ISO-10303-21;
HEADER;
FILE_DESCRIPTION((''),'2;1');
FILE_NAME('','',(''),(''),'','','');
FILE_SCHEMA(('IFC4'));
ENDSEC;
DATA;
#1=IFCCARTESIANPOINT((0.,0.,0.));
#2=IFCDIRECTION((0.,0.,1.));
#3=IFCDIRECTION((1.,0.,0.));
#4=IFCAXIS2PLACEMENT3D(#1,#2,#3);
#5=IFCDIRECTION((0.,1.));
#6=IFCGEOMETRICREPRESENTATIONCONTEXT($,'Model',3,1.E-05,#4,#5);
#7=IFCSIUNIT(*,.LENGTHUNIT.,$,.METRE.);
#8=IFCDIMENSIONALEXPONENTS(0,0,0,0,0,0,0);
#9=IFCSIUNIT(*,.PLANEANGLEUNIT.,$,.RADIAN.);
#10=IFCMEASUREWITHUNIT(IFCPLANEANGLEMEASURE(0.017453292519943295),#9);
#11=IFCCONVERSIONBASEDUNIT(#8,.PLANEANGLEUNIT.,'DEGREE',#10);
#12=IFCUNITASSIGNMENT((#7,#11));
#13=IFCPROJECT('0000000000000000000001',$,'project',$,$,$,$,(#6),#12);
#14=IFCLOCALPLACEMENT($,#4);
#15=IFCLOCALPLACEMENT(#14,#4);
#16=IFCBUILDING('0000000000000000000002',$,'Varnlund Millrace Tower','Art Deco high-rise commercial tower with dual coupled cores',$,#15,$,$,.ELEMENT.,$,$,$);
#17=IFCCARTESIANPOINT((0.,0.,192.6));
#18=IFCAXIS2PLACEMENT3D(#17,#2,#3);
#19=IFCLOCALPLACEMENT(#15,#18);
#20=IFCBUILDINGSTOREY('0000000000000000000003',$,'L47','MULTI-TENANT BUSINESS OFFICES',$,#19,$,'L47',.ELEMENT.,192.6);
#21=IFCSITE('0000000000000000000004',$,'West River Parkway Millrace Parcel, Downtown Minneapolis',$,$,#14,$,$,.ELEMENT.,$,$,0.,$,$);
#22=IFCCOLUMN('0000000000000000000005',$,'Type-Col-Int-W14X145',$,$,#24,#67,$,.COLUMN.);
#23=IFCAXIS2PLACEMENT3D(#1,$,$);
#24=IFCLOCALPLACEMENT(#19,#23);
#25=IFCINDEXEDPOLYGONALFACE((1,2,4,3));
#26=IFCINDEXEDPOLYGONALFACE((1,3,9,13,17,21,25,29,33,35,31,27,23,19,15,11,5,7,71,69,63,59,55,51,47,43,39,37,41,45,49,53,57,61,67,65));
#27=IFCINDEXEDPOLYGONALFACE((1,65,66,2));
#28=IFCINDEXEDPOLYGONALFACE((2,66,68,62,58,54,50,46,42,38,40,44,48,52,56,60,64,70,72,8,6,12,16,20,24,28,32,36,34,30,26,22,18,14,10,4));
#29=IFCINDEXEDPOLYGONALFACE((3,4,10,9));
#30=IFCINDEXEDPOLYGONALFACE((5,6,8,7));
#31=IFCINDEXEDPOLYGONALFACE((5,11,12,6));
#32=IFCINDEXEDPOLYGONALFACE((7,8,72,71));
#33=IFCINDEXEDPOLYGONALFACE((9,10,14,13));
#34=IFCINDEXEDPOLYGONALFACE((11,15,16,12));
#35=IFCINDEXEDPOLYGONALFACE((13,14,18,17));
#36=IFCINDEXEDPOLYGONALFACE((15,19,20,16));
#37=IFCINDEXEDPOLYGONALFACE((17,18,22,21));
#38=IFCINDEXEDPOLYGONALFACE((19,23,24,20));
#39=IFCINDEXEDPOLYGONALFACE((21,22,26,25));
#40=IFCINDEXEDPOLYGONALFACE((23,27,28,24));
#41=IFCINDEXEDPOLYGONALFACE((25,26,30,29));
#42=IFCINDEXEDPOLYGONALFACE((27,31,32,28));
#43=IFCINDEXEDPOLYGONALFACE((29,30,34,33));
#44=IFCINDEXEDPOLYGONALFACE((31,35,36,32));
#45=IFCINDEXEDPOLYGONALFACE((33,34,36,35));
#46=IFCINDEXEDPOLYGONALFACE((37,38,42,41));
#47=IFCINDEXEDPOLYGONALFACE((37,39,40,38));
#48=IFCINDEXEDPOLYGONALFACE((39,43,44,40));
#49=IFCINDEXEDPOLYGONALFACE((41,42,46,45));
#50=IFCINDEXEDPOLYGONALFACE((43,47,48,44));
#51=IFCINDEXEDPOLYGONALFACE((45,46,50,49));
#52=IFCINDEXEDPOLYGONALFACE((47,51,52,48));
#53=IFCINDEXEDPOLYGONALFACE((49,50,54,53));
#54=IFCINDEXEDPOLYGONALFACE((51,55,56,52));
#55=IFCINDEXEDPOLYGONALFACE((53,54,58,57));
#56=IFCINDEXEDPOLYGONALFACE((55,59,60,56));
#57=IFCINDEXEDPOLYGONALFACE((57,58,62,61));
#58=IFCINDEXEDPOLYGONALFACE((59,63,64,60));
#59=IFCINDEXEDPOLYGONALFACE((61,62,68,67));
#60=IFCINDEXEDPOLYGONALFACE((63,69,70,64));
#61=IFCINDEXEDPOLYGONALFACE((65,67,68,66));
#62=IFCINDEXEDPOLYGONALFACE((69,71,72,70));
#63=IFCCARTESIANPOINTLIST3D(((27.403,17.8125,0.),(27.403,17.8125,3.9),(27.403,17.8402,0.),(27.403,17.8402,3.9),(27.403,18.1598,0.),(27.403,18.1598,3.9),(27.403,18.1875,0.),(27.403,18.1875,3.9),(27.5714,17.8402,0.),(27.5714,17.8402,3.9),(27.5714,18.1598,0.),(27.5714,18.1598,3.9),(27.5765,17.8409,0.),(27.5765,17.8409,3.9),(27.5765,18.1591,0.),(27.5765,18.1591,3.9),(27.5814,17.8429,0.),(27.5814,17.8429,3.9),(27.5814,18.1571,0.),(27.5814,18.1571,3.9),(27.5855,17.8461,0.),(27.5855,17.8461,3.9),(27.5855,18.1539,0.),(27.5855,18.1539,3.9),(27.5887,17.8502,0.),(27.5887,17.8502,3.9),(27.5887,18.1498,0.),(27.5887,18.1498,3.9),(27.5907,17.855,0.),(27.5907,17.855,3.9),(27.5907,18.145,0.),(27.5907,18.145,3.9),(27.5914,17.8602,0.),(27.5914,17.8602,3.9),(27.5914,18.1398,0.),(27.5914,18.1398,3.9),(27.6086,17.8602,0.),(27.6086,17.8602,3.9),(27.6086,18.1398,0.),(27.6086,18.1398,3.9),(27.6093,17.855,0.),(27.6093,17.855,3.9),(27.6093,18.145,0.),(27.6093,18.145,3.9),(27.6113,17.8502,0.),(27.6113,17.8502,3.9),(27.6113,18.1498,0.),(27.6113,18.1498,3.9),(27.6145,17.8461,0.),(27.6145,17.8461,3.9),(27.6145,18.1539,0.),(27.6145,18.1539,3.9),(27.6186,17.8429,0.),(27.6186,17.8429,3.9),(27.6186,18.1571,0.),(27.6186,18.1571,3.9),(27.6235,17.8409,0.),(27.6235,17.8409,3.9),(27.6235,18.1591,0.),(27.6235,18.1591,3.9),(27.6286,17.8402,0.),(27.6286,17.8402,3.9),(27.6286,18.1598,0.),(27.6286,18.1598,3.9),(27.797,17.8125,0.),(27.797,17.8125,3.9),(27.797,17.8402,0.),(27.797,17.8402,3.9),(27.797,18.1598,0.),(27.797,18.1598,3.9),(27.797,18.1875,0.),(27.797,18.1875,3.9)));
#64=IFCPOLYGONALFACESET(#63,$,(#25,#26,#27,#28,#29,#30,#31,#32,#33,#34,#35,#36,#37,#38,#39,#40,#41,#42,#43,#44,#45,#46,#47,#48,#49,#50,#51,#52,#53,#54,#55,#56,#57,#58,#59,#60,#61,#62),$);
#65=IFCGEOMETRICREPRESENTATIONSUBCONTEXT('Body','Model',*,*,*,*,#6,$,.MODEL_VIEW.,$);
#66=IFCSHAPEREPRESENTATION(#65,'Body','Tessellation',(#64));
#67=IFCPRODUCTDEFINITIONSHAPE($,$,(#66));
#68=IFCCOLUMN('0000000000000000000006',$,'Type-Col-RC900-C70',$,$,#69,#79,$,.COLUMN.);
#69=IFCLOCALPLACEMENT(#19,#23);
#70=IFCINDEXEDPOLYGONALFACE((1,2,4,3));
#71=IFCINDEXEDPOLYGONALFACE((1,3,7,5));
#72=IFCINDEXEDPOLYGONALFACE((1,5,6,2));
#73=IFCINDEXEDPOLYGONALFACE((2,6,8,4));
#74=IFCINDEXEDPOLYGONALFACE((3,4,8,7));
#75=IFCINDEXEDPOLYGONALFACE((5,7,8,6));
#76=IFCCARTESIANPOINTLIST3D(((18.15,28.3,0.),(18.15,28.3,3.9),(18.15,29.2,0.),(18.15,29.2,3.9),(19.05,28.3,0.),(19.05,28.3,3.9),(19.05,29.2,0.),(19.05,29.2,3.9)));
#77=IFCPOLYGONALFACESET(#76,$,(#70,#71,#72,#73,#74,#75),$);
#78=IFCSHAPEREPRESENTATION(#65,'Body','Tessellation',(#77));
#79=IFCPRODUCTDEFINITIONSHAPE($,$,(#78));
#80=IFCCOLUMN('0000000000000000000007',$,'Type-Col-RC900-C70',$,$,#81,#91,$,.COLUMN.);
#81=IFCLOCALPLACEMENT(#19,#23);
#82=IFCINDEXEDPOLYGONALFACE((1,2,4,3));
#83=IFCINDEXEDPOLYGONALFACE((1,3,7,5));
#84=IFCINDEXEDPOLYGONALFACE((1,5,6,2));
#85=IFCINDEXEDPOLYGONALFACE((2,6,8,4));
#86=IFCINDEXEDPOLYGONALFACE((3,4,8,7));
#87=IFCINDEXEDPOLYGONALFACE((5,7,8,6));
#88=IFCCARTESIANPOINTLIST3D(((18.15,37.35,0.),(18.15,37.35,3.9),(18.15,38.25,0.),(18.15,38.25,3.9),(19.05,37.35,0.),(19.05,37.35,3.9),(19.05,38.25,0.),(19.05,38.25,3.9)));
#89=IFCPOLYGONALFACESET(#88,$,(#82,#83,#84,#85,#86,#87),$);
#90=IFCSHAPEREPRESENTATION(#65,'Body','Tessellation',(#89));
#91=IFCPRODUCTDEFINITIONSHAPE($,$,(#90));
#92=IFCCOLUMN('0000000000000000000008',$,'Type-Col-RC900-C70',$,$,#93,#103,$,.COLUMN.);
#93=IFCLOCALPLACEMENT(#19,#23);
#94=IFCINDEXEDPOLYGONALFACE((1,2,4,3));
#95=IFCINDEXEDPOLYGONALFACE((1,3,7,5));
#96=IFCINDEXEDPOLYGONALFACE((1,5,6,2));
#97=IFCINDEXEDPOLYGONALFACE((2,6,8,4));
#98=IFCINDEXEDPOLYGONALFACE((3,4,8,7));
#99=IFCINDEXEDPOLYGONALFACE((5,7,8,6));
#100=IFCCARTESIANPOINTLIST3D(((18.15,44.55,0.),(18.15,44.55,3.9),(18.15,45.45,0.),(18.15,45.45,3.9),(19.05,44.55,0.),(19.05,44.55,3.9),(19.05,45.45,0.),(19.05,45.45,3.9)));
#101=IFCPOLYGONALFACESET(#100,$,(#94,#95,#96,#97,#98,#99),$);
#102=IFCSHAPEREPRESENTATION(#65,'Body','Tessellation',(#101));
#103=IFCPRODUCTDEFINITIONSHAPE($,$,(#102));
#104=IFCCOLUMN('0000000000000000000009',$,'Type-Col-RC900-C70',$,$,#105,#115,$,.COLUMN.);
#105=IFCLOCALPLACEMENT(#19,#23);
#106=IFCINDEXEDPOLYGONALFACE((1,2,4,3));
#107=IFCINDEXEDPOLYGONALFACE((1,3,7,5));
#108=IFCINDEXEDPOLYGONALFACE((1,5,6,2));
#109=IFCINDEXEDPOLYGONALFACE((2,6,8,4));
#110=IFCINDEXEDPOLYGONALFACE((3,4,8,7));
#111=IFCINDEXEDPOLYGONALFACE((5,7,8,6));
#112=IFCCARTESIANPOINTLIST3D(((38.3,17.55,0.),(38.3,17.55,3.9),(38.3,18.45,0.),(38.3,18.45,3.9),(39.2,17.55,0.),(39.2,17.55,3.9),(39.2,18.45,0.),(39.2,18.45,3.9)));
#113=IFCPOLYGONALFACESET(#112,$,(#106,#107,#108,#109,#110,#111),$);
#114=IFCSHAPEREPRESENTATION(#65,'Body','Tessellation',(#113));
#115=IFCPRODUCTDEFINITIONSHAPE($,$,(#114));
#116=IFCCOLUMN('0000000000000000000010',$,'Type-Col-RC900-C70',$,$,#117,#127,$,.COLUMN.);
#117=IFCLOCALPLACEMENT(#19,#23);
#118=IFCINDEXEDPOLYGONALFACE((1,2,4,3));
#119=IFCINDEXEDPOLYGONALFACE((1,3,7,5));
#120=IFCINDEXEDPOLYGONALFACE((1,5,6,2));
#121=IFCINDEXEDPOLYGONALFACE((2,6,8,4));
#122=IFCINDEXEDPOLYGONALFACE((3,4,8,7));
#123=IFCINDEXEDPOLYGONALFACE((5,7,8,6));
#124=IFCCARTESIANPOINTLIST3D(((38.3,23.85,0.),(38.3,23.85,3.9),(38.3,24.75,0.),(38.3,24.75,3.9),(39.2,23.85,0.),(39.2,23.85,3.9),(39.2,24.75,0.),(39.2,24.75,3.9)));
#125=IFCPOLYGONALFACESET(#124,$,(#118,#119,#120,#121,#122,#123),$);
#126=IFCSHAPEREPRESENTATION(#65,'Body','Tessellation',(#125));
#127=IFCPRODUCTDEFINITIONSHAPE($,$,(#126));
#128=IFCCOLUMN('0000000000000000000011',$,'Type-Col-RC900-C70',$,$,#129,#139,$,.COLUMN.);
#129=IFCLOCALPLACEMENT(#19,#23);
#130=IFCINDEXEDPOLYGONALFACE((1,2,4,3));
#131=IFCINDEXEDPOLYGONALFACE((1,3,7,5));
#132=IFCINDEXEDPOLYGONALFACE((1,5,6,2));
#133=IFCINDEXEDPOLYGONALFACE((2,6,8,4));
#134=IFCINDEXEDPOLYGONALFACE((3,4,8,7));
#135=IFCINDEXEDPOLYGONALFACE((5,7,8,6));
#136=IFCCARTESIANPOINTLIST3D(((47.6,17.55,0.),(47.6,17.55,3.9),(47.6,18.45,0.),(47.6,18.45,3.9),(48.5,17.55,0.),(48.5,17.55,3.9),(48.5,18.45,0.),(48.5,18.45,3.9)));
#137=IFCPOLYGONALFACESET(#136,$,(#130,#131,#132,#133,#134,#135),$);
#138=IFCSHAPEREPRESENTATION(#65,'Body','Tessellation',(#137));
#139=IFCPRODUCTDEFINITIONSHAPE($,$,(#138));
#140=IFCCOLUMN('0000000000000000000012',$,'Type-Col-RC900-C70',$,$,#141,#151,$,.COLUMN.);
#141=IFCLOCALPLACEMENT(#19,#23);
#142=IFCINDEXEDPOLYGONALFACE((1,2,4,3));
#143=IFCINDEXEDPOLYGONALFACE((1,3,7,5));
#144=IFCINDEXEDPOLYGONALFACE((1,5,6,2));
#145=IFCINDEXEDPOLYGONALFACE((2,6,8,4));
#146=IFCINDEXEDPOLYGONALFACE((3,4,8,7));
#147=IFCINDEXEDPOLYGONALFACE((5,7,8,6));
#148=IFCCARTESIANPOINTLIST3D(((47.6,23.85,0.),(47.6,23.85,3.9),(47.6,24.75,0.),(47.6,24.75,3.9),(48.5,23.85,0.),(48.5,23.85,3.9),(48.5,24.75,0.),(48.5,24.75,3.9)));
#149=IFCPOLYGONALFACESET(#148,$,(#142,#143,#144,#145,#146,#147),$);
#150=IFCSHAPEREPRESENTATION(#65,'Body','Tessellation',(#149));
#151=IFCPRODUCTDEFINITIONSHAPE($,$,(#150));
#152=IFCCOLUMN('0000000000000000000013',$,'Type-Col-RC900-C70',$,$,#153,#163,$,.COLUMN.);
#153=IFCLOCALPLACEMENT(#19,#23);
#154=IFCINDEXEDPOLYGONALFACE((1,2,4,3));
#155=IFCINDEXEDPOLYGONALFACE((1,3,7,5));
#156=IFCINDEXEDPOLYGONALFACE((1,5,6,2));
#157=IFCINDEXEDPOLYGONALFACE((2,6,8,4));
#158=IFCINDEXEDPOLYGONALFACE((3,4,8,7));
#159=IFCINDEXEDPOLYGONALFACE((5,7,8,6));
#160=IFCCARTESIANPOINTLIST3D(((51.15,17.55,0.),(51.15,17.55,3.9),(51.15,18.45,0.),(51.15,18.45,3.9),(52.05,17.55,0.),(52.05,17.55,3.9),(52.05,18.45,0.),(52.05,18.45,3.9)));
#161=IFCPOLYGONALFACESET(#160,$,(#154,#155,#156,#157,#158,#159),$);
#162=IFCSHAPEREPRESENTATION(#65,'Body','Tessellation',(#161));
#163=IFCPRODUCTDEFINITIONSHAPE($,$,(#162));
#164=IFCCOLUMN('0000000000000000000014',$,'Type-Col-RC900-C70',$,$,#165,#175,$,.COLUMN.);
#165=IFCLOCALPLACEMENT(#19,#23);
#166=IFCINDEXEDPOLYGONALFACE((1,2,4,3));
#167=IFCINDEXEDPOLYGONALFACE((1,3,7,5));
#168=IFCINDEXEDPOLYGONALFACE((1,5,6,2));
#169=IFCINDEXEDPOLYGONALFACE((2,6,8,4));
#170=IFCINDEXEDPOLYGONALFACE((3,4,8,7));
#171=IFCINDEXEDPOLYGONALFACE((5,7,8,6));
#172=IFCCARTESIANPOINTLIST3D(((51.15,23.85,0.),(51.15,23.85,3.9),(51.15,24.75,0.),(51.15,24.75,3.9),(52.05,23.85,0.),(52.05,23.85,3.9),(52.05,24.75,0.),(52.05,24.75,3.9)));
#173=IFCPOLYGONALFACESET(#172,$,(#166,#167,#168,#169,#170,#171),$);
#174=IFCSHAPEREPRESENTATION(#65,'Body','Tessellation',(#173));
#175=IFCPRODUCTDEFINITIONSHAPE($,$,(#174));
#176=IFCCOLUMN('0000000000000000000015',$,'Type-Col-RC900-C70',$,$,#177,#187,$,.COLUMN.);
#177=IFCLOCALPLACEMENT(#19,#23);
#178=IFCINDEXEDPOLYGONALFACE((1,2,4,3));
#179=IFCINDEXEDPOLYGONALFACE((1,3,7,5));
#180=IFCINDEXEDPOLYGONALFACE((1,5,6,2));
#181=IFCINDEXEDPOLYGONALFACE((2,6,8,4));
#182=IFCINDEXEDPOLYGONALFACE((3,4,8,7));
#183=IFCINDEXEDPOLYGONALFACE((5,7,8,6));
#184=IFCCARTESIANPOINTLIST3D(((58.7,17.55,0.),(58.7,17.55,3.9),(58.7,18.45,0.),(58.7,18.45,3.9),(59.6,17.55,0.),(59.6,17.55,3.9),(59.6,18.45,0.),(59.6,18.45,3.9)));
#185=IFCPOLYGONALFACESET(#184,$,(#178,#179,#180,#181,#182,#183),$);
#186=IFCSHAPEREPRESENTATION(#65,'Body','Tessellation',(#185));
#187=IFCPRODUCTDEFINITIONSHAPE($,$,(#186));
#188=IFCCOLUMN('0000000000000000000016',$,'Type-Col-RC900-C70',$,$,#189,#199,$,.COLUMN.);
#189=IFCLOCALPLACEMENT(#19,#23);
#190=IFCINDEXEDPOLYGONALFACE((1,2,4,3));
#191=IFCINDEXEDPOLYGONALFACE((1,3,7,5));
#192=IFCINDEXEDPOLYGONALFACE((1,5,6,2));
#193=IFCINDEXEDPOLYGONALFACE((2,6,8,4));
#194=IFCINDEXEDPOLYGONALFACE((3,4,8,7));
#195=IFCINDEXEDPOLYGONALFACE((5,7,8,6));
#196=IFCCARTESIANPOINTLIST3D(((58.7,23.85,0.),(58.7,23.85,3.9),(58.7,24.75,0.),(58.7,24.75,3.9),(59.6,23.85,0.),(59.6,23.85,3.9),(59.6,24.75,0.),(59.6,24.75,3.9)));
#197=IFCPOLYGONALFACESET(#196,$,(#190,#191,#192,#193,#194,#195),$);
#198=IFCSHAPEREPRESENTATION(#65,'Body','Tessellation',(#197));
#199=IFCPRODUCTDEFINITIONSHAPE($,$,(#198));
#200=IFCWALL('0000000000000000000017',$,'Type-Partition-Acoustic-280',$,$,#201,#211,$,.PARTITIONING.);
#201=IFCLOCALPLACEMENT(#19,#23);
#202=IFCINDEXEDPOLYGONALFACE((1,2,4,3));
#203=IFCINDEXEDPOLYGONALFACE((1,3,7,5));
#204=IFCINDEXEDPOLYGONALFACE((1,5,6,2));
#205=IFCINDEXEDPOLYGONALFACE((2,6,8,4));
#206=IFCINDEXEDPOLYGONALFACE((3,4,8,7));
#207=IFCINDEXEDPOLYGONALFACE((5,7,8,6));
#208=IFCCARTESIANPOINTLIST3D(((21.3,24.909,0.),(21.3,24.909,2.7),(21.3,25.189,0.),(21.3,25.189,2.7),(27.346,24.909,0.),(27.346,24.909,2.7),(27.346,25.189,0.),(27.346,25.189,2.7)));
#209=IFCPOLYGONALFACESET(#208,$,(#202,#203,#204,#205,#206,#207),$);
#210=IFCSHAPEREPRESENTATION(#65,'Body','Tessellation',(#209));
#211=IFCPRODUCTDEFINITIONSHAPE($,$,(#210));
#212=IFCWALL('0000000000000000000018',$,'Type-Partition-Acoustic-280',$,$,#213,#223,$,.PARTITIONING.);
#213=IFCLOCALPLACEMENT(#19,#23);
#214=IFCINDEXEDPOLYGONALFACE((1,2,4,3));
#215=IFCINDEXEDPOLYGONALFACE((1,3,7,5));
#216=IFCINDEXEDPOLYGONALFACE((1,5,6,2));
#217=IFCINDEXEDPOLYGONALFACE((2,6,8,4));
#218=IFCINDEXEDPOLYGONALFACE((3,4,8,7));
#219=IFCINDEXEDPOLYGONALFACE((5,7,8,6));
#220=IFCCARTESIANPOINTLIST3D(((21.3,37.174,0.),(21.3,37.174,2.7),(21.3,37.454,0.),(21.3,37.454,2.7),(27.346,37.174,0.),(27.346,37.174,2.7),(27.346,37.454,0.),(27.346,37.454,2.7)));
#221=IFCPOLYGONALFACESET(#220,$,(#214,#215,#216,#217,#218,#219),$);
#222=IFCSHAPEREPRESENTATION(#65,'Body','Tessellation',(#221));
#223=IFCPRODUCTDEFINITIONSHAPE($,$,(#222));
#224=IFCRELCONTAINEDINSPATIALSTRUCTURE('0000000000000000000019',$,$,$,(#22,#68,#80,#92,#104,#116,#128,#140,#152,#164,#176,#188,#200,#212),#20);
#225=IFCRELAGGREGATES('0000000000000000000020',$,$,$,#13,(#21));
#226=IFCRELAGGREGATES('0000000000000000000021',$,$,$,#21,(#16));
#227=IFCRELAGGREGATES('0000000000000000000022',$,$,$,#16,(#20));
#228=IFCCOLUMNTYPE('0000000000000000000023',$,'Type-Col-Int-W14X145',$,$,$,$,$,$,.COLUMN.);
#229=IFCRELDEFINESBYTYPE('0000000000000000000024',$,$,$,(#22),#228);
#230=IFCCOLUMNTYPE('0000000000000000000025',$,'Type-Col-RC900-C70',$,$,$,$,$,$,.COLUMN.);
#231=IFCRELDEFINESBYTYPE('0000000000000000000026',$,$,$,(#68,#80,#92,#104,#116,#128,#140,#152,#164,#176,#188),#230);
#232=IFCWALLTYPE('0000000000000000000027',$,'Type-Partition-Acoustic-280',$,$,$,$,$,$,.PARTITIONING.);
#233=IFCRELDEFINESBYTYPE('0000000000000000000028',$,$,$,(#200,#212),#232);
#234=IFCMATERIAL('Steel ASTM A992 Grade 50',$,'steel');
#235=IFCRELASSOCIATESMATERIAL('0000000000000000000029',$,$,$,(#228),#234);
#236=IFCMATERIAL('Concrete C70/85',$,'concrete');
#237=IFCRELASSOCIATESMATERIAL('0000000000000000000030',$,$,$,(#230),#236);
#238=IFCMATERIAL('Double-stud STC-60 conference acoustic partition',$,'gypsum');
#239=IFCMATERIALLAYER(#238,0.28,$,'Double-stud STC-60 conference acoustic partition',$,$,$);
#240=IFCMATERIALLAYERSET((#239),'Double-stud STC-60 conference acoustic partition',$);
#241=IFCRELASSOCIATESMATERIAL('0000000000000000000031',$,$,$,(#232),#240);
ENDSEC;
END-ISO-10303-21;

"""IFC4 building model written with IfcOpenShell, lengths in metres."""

from ifc_helpers import new_model, entity, si_unit, converted_unit, direction, frame, origin_with_axes, origin_2d_with_axis, place, context, subcontext, project, spatial, polyline, rectangle, i_section, outline, extrude, material, layer, layer_set, material_profile, profile_set, type_object, element, save


model = new_model("IFC4")

# Units and contexts
model_context = context("Model", 3, precision=1e-05, world=origin_with_axes(), true_north=direction((0.0, 1.0)))
body_context = subcontext(model_context, "Body", "Model", "MODEL_VIEW")
ifc_project = project(units=[si_unit("LENGTHUNIT", "METRE"), converted_unit("PLANEANGLEUNIT", "DEGREE", entity("IfcPlaneAngleMeasure", 0.017453292519943295), si_unit("PLANEANGLEUNIT", "RADIAN"), dimensions=[0, 0, 0, 0, 0, 0, 0])], contexts=[model_context])

# Site, building, storey
site_placement = place(None, origin_with_axes())
site = spatial("IfcSite", under=ifc_project, at=site_placement, Name="West River Parkway Millrace Parcel, Downtown Minneapolis", CompositionType="ELEMENT", RefElevation=0.0)
building_placement = place(site_placement, origin_with_axes())
building = spatial("IfcBuilding", under=site, at=building_placement, Name="Varnlund Millrace Tower", Description="Art Deco high-rise commercial tower with dual coupled cores", CompositionType="ELEMENT")
storey_placement = place(building_placement, frame((0.0, 0.0, 192.6), z_axis=(0.0, 0.0, 1.0), x_axis=(1.0, 0.0, 0.0)))
storey = spatial("IfcBuildingStorey", under=building, at=storey_placement, Name="L47", Description="MULTI-TENANT BUSINESS OFFICES", LongName="L47", CompositionType="ELEMENT", Elevation=192.6)

# Columns
ifc_material_1 = material(Name="Steel ASTM A992 Grade 50", Category="steel")
ifc_material_profile_1 = material_profile(ifc_material_1, i_section(OverallWidth=0.394, OverallDepth=0.375, WebThickness=0.0173, FlangeThickness=0.0277, FilletRadius=0.02, at=origin_2d_with_axis()), Name="Steel ASTM A992 Grade 50")
ifc_profile_set_1 = profile_set([ifc_material_profile_1], Name="Steel ASTM A992 Grade 50")
column_type_1 = type_object("IfcColumnType", Name="Type-Col-Int-W14X145", PredefinedType="COLUMN", material=ifc_profile_set_1)
column_placement = place(storey_placement, frame((27.6, 18.0, 0.0), z_axis=(0.0, 0.0, 1.0), x_axis=(1.0, 0.0, 0.0)))
element("IfcColumn", 1, at=column_placement, inside=storey, type_object=column_type_1, Name="Type-Col-Int-W14X145", PredefinedType="COLUMN", context=body_context, shape_type="SweptSolid", body=[
    extrude(i_section(OverallWidth=0.394, OverallDepth=0.375, WebThickness=0.0173, FlangeThickness=0.0277, FilletRadius=0.02, at=origin_2d_with_axis()), origin_with_axes(), (0.0, 0.0, 1.0), 3.9),
])
ifc_material_2 = material(Name="Concrete C70/85", Category="concrete")
ifc_material_profile_2 = material_profile(ifc_material_2, rectangle(XDim=0.9, YDim=0.9, at=origin_2d_with_axis()), Name="Concrete C70/85")
ifc_profile_set_2 = profile_set([ifc_material_profile_2], Name="Concrete C70/85")
column_type_2 = type_object("IfcColumnType", Name="Type-Col-RC900-C70", PredefinedType="COLUMN", material=ifc_profile_set_2)
for number, where, z_axis, x_axis, name in (
    (2, (18.6, 28.75, 0.0), (0.0, 0.0, 1.0), (1.0, 0.0, 0.0), "Type-Col-RC900-C70"),
    (3, (18.6, 37.8, 0.0), (0.0, 0.0, 1.0), (1.0, 0.0, 0.0), "Type-Col-RC900-C70"),
    (4, (18.6, 45.0, 0.0), (0.0, 0.0, 1.0), (1.0, 0.0, 0.0), "Type-Col-RC900-C70"),
    (5, (38.75, 18.0, 0.0), (0.0, 0.0, 1.0), (1.0, 0.0, 0.0), "Type-Col-RC900-C70"),
    (6, (38.75, 24.3, 0.0), (0.0, 0.0, 1.0), (1.0, 0.0, 0.0), "Type-Col-RC900-C70"),
    (7, (48.05, 18.0, 0.0), (0.0, 0.0, 1.0), (1.0, 0.0, 0.0), "Type-Col-RC900-C70"),
    (8, (48.05, 24.3, 0.0), (0.0, 0.0, 1.0), (1.0, 0.0, 0.0), "Type-Col-RC900-C70"),
    (9, (51.6, 18.0, 0.0), (0.0, 0.0, 1.0), (1.0, 0.0, 0.0), "Type-Col-RC900-C70"),
    (10, (51.6, 24.3, 0.0), (0.0, 0.0, 1.0), (1.0, 0.0, 0.0), "Type-Col-RC900-C70"),
    (11, (59.15, 18.0, 0.0), (0.0, 0.0, 1.0), (1.0, 0.0, 0.0), "Type-Col-RC900-C70"),
    (12, (59.15, 24.3, 0.0), (0.0, 0.0, 1.0), (1.0, 0.0, 0.0), "Type-Col-RC900-C70"),
):
    element("IfcColumn", number, at=place(storey_placement, frame(where, z_axis=z_axis, x_axis=x_axis)), inside=storey, type_object=column_type_2, Name=name, PredefinedType="COLUMN", context=body_context, shape_type="SweptSolid", body=[
        extrude(rectangle(XDim=0.9, YDim=0.9, at=origin_2d_with_axis()), origin_with_axes(), (0.0, 0.0, 1.0), 3.9),
    ])

# Walls
ifc_material_3 = material(Name="Double-stud STC-60 conference acoustic partition", Category="gypsum")
ifc_layer_1 = layer(ifc_material_3, 0.28, Name="Double-stud STC-60 conference acoustic partition")
ifc_layer_set_1 = layer_set([ifc_layer_1], Name="Double-stud STC-60 conference acoustic partition")
wall_type_1 = type_object("IfcWallType", Name="Type-Partition-Acoustic-280", PredefinedType="PARTITIONING", material=ifc_layer_set_1)
for number, where, z_axis, x_axis, name in (
    (13, (21.3, 25.049, 0.0), (0.0, 0.0, 1.0), (1.0, 0.0, 0.0), "Type-Partition-Acoustic-280"),
    (14, (21.3, 37.314, 0.0), (0.0, 0.0, 1.0), (1.0, 0.0, 0.0), "Type-Partition-Acoustic-280"),
):
    element("IfcWall", number, at=place(storey_placement, frame(where, z_axis=z_axis, x_axis=x_axis)), inside=storey, type_object=wall_type_1, Name=name, PredefinedType="PARTITIONING", context=body_context, shape_type="SweptSolid", body=[
        extrude(outline(polyline([(0.0, -0.14), (6.046, -0.14), (6.046, 0.14), (0.0, 0.14), (0.0, -0.14)])), origin_with_axes(), (0.0, 0.0, 1.0), 2.7),
    ])

save(model, "model.ifc")
